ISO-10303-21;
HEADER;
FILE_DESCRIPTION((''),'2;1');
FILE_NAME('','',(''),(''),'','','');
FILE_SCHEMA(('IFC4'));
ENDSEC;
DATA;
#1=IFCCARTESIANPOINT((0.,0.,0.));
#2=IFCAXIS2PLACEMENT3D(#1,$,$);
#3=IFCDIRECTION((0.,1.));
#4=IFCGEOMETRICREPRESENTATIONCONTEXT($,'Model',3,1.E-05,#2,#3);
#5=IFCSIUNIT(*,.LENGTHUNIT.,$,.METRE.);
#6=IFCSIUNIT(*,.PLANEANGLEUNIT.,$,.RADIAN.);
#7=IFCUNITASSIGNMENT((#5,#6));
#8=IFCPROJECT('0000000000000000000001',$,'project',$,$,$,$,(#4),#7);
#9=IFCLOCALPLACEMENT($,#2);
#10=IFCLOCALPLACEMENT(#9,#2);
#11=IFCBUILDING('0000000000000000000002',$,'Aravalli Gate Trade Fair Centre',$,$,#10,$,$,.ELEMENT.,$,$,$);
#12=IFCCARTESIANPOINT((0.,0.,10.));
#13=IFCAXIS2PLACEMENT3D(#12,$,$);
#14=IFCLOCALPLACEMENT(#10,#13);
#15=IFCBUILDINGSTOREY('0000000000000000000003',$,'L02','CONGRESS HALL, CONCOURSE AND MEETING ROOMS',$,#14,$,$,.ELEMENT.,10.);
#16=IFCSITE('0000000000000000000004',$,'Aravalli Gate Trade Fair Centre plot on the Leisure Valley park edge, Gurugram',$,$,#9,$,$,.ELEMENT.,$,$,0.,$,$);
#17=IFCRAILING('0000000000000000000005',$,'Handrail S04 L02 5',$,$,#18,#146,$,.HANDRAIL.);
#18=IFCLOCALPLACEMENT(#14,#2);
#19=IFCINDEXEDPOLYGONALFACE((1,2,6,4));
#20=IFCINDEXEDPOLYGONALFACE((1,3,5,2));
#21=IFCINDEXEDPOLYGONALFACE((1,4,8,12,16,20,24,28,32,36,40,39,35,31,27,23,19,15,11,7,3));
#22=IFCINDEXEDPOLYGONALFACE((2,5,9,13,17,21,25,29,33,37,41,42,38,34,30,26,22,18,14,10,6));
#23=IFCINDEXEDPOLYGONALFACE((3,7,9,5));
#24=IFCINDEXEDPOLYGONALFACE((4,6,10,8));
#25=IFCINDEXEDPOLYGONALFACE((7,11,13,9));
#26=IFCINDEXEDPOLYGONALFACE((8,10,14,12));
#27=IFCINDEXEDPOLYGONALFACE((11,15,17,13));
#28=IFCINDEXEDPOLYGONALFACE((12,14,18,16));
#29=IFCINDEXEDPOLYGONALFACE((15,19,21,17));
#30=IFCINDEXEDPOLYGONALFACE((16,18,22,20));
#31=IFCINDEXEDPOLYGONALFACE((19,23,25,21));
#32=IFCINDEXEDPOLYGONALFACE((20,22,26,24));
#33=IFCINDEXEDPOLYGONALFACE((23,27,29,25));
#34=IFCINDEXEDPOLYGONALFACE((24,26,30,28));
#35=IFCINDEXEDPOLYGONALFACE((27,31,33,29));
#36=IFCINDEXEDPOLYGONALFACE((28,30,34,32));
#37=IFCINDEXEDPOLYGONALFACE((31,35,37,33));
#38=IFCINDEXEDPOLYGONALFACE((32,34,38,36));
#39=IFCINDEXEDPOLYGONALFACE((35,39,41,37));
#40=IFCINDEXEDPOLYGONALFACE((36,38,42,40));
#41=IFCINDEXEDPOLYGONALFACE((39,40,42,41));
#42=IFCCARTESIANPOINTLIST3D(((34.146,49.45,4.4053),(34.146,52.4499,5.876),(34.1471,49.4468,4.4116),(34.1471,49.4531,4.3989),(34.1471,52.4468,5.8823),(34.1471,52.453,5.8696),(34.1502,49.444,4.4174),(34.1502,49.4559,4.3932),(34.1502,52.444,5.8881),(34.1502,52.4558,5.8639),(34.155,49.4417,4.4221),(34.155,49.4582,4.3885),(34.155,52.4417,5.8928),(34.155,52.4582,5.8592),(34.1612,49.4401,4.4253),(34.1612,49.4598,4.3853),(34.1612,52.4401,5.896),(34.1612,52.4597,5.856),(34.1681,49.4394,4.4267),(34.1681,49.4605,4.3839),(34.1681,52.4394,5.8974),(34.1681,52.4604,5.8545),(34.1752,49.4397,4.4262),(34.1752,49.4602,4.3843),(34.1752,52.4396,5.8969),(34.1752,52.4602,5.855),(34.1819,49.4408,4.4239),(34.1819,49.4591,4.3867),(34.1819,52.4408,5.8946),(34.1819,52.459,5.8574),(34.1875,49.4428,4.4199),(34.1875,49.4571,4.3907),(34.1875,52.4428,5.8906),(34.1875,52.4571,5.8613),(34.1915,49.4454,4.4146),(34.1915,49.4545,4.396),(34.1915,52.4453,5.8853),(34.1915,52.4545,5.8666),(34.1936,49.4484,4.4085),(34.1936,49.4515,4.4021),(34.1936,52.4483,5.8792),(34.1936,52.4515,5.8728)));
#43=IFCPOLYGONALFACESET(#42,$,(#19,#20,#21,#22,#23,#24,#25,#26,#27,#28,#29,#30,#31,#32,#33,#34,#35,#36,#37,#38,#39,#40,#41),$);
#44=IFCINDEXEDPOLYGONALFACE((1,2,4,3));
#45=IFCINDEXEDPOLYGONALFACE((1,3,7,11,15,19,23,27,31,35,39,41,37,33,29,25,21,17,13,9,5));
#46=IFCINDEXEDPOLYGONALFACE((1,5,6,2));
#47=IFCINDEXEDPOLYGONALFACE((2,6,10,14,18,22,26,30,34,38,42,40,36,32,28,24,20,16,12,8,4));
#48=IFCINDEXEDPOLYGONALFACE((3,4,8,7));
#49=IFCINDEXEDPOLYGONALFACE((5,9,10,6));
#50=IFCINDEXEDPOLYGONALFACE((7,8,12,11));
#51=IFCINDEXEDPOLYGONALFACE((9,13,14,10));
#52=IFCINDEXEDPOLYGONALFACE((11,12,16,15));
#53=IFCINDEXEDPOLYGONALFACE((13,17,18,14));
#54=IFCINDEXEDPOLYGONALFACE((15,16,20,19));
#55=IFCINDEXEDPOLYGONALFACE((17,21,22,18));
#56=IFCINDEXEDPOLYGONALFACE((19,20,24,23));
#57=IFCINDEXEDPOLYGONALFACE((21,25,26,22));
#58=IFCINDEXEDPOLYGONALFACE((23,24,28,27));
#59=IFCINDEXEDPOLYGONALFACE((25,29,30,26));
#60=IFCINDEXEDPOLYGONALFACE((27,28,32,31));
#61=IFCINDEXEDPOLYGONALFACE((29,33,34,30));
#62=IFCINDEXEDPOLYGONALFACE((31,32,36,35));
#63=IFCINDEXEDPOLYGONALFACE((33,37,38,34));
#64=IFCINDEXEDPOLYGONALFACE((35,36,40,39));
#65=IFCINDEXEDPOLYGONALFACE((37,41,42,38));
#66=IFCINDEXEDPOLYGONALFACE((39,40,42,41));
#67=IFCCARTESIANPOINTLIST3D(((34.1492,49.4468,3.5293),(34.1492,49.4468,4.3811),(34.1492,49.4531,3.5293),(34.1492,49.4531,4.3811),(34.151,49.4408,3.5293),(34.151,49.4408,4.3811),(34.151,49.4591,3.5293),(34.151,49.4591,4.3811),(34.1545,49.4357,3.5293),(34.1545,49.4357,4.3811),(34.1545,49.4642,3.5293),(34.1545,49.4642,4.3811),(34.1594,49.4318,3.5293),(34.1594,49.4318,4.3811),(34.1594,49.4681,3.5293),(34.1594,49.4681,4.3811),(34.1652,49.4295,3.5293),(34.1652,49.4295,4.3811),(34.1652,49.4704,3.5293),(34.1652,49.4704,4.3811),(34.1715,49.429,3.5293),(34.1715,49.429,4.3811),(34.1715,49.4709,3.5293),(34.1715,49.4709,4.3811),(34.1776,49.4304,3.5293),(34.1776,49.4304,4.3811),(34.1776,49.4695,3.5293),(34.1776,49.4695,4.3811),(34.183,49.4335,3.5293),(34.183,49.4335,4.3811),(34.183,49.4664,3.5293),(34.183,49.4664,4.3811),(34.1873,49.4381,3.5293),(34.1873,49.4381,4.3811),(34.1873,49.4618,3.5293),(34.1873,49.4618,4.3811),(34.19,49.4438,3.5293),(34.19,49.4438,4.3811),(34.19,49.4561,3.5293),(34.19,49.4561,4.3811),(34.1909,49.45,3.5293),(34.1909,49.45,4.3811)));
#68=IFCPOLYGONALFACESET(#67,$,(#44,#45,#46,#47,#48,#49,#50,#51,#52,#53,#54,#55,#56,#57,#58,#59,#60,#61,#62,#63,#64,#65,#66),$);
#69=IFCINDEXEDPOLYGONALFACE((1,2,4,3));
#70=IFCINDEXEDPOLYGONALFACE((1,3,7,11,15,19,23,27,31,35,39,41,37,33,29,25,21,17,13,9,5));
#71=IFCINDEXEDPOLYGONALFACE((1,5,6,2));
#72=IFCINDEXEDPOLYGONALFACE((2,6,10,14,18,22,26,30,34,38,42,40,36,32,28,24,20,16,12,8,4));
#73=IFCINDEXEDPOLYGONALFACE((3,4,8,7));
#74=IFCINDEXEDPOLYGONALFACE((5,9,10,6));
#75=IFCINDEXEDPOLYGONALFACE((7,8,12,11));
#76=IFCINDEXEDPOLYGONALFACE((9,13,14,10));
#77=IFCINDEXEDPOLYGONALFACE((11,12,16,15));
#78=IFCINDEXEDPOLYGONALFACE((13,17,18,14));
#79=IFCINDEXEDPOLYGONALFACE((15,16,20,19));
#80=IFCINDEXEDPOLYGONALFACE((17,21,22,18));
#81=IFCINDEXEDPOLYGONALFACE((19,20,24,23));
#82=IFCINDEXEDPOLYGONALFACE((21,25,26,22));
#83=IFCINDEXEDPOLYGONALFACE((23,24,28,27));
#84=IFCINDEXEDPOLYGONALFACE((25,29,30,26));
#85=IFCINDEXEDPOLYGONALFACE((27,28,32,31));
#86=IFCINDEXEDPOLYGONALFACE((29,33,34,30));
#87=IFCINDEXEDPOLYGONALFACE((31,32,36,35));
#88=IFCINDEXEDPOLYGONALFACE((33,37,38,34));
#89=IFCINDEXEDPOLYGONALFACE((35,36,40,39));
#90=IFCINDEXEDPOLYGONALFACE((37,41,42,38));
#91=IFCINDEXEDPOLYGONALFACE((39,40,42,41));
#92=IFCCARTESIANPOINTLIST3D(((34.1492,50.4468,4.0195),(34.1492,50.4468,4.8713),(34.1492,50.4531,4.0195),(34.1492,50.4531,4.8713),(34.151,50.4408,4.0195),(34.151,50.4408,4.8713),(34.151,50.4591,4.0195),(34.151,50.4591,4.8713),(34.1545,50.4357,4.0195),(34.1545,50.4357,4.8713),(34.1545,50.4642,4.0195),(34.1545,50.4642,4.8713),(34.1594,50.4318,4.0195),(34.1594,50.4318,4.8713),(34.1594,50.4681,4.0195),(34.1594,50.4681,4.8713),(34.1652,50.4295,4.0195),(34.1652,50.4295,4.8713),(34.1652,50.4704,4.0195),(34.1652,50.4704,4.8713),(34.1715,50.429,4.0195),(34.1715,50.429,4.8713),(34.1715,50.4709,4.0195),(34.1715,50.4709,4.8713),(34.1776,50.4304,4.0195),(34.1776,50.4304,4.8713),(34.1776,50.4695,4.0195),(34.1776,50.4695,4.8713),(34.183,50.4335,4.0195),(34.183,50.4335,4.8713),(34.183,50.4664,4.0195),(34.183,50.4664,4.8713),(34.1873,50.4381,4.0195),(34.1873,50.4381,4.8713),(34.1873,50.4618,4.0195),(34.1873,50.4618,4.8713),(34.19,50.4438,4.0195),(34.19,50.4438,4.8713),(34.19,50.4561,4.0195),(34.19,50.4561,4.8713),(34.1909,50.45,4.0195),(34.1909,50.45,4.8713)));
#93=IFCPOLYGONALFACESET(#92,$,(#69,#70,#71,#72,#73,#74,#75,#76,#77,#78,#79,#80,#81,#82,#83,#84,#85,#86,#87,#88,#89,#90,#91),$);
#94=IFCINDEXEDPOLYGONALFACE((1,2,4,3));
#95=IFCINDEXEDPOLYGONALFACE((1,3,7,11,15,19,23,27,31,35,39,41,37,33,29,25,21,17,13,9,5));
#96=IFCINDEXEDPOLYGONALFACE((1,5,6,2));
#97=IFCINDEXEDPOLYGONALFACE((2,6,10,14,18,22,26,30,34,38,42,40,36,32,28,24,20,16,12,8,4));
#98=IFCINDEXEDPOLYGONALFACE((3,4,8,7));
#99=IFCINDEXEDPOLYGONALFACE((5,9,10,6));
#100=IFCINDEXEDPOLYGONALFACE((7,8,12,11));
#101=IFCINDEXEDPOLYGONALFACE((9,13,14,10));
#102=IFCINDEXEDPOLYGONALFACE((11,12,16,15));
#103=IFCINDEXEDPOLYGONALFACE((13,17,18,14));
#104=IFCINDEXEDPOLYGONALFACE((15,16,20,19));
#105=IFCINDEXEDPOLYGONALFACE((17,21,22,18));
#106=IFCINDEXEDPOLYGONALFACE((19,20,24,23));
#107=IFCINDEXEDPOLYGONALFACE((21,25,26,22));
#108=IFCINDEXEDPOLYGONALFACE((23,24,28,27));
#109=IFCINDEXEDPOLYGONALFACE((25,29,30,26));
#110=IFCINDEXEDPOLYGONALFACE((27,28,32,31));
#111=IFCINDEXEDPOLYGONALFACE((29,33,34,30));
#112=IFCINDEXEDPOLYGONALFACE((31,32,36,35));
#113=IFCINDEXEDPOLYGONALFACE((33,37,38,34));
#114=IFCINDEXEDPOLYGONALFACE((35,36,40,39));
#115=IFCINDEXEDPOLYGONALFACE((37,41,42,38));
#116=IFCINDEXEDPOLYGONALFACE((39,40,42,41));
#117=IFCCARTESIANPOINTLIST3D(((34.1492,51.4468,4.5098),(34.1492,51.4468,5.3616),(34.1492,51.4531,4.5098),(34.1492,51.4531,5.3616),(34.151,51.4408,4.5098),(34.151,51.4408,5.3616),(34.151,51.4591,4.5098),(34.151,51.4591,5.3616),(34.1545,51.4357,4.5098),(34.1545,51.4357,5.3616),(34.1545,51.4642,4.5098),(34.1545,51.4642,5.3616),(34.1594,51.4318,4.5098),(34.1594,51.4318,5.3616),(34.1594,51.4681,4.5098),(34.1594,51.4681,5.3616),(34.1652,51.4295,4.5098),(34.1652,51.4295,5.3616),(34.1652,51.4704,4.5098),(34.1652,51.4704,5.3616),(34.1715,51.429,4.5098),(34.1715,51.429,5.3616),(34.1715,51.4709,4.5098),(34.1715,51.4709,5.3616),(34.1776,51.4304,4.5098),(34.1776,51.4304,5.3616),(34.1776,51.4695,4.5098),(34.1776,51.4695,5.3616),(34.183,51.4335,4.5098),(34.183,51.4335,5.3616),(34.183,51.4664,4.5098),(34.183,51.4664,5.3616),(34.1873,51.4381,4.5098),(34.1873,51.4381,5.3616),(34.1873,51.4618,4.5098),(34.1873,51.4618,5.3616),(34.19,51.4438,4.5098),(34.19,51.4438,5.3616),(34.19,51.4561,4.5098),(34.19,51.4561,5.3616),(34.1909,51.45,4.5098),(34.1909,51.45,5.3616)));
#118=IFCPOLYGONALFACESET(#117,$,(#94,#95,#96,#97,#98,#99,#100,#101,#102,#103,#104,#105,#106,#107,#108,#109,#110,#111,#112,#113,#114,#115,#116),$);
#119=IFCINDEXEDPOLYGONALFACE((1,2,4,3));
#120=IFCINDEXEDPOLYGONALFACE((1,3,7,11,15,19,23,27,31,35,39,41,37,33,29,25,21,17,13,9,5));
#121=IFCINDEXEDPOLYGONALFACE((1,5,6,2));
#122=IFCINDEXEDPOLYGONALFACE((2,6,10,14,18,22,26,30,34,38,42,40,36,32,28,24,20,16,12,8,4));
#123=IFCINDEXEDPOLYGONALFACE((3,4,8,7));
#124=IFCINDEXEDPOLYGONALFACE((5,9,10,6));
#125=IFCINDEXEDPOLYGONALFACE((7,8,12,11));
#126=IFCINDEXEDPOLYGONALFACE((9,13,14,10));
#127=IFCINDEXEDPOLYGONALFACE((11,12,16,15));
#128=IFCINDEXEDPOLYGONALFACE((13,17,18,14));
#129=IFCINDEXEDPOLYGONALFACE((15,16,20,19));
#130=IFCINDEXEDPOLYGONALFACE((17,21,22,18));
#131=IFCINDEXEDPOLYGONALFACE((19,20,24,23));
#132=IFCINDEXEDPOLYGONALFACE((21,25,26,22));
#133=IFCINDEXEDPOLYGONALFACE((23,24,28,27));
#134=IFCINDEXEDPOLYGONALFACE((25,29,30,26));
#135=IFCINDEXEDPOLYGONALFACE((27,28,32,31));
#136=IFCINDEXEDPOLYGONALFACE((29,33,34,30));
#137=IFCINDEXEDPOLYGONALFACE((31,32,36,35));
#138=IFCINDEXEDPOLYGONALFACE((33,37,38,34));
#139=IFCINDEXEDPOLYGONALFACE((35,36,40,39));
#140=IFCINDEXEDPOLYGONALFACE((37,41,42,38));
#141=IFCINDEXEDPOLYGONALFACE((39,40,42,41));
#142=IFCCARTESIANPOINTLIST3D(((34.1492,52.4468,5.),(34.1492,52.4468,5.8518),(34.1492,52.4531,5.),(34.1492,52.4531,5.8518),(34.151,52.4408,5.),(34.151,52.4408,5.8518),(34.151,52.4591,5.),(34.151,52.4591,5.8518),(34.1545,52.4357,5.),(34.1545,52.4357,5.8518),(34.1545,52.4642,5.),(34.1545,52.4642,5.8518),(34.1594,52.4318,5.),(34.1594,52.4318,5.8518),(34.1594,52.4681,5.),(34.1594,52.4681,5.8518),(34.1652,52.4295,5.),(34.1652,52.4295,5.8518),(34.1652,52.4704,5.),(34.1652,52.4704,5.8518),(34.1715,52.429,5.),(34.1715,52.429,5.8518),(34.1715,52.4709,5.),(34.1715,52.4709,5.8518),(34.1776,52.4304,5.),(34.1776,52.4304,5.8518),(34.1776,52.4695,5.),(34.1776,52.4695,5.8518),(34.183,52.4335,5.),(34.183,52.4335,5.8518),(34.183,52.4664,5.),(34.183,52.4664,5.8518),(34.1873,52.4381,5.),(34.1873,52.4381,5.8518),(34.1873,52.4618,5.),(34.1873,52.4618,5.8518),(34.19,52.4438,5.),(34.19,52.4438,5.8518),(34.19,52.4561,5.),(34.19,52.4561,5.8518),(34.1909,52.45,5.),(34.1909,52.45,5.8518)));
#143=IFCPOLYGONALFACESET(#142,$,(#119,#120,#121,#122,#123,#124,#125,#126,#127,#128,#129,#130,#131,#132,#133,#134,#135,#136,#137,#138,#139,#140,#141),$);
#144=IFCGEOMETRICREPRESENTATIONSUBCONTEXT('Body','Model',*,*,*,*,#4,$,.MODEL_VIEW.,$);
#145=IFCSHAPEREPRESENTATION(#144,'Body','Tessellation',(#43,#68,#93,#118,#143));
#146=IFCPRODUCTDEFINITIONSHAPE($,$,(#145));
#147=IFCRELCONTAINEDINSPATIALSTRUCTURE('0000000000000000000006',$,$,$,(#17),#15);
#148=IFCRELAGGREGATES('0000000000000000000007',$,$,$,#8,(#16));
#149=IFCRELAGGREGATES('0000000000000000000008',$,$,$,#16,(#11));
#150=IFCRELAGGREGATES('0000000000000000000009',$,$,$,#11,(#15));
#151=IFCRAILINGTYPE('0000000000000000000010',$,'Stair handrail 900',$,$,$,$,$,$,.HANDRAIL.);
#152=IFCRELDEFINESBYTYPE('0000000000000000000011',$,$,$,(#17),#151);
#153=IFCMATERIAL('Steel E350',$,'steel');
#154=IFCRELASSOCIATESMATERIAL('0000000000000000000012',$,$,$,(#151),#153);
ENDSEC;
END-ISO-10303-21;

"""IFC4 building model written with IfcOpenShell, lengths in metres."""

from ifc_helpers import new_model, si_unit, direction, frame, origin, origin_2d, place, context, subcontext, project, spatial, circle, extrude, material, type_object, element, save


model = new_model("IFC4")

# Units and contexts
model_context = context("Model", 3, precision=1e-05, world=origin(), true_north=direction((0.0, 1.0)))
body_context = subcontext(model_context, "Body", "Model", "MODEL_VIEW")
ifc_project = project(units=[si_unit("LENGTHUNIT", "METRE"), si_unit("PLANEANGLEUNIT", "RADIAN")], contexts=[model_context])

# Site, building, storey
site_placement = place(None, origin())
site = spatial("IfcSite", under=ifc_project, at=site_placement, Name="Aravalli Gate Trade Fair Centre plot on the Leisure Valley park edge, Gurugram", CompositionType="ELEMENT", RefElevation=0.0)
building_placement = place(site_placement, origin())
building = spatial("IfcBuilding", under=site, at=building_placement, Name="Aravalli Gate Trade Fair Centre", CompositionType="ELEMENT")
storey_placement = place(building_placement, frame((0.0, 0.0, 10.0)))
storey = spatial("IfcBuildingStorey", under=building, at=storey_placement, Name="L02", Description="CONGRESS HALL, CONCOURSE AND MEETING ROOMS", CompositionType="ELEMENT", Elevation=10.0)

# Shared definitions
ifc_material_1 = material(Name="Steel E350", Category="steel")

# Railing
railing_type_1 = type_object("IfcRailingType", Name="Stair handrail 900", PredefinedType="HANDRAIL", material=ifc_material_1)
for number, where, name in (
    (1, (34.1699, 49.45, 3.5293), "Handrail S04 L02 5"),
):
    element("IfcRailing", number, at=place(storey_placement, frame(where)), inside=storey, type_object=railing_type_1, Name=name, PredefinedType="HANDRAIL", context=body_context, shape_type="SweptSolid", body=[
        extrude(circle(Radius=0.0239, at=origin_2d()), frame((0.0, 0.0, 0.876), z_axis=(0.0, 0.897907, 0.440185), x_axis=(-1.0, 0.0, 0.0)), (0.0, 0.0, 1.0), 3.3411),
        extrude(circle(Radius=0.021, at=origin_2d()), origin(), (0.0, 0.0, 1.0), 0.8518),
        extrude(circle(Radius=0.021, at=origin_2d()), frame((0.0, 1.0, 0.4902)), (0.0, 0.0, 1.0), 0.8518),
        extrude(circle(Radius=0.021, at=origin_2d()), frame((0.0, 2.0, 0.9805)), (0.0, 0.0, 1.0), 0.8518),
        extrude(circle(Radius=0.021, at=origin_2d()), frame((0.0, 3.0, 1.4707)), (0.0, 0.0, 1.0), 0.8518),
    ])

save(model, "model.ifc")
